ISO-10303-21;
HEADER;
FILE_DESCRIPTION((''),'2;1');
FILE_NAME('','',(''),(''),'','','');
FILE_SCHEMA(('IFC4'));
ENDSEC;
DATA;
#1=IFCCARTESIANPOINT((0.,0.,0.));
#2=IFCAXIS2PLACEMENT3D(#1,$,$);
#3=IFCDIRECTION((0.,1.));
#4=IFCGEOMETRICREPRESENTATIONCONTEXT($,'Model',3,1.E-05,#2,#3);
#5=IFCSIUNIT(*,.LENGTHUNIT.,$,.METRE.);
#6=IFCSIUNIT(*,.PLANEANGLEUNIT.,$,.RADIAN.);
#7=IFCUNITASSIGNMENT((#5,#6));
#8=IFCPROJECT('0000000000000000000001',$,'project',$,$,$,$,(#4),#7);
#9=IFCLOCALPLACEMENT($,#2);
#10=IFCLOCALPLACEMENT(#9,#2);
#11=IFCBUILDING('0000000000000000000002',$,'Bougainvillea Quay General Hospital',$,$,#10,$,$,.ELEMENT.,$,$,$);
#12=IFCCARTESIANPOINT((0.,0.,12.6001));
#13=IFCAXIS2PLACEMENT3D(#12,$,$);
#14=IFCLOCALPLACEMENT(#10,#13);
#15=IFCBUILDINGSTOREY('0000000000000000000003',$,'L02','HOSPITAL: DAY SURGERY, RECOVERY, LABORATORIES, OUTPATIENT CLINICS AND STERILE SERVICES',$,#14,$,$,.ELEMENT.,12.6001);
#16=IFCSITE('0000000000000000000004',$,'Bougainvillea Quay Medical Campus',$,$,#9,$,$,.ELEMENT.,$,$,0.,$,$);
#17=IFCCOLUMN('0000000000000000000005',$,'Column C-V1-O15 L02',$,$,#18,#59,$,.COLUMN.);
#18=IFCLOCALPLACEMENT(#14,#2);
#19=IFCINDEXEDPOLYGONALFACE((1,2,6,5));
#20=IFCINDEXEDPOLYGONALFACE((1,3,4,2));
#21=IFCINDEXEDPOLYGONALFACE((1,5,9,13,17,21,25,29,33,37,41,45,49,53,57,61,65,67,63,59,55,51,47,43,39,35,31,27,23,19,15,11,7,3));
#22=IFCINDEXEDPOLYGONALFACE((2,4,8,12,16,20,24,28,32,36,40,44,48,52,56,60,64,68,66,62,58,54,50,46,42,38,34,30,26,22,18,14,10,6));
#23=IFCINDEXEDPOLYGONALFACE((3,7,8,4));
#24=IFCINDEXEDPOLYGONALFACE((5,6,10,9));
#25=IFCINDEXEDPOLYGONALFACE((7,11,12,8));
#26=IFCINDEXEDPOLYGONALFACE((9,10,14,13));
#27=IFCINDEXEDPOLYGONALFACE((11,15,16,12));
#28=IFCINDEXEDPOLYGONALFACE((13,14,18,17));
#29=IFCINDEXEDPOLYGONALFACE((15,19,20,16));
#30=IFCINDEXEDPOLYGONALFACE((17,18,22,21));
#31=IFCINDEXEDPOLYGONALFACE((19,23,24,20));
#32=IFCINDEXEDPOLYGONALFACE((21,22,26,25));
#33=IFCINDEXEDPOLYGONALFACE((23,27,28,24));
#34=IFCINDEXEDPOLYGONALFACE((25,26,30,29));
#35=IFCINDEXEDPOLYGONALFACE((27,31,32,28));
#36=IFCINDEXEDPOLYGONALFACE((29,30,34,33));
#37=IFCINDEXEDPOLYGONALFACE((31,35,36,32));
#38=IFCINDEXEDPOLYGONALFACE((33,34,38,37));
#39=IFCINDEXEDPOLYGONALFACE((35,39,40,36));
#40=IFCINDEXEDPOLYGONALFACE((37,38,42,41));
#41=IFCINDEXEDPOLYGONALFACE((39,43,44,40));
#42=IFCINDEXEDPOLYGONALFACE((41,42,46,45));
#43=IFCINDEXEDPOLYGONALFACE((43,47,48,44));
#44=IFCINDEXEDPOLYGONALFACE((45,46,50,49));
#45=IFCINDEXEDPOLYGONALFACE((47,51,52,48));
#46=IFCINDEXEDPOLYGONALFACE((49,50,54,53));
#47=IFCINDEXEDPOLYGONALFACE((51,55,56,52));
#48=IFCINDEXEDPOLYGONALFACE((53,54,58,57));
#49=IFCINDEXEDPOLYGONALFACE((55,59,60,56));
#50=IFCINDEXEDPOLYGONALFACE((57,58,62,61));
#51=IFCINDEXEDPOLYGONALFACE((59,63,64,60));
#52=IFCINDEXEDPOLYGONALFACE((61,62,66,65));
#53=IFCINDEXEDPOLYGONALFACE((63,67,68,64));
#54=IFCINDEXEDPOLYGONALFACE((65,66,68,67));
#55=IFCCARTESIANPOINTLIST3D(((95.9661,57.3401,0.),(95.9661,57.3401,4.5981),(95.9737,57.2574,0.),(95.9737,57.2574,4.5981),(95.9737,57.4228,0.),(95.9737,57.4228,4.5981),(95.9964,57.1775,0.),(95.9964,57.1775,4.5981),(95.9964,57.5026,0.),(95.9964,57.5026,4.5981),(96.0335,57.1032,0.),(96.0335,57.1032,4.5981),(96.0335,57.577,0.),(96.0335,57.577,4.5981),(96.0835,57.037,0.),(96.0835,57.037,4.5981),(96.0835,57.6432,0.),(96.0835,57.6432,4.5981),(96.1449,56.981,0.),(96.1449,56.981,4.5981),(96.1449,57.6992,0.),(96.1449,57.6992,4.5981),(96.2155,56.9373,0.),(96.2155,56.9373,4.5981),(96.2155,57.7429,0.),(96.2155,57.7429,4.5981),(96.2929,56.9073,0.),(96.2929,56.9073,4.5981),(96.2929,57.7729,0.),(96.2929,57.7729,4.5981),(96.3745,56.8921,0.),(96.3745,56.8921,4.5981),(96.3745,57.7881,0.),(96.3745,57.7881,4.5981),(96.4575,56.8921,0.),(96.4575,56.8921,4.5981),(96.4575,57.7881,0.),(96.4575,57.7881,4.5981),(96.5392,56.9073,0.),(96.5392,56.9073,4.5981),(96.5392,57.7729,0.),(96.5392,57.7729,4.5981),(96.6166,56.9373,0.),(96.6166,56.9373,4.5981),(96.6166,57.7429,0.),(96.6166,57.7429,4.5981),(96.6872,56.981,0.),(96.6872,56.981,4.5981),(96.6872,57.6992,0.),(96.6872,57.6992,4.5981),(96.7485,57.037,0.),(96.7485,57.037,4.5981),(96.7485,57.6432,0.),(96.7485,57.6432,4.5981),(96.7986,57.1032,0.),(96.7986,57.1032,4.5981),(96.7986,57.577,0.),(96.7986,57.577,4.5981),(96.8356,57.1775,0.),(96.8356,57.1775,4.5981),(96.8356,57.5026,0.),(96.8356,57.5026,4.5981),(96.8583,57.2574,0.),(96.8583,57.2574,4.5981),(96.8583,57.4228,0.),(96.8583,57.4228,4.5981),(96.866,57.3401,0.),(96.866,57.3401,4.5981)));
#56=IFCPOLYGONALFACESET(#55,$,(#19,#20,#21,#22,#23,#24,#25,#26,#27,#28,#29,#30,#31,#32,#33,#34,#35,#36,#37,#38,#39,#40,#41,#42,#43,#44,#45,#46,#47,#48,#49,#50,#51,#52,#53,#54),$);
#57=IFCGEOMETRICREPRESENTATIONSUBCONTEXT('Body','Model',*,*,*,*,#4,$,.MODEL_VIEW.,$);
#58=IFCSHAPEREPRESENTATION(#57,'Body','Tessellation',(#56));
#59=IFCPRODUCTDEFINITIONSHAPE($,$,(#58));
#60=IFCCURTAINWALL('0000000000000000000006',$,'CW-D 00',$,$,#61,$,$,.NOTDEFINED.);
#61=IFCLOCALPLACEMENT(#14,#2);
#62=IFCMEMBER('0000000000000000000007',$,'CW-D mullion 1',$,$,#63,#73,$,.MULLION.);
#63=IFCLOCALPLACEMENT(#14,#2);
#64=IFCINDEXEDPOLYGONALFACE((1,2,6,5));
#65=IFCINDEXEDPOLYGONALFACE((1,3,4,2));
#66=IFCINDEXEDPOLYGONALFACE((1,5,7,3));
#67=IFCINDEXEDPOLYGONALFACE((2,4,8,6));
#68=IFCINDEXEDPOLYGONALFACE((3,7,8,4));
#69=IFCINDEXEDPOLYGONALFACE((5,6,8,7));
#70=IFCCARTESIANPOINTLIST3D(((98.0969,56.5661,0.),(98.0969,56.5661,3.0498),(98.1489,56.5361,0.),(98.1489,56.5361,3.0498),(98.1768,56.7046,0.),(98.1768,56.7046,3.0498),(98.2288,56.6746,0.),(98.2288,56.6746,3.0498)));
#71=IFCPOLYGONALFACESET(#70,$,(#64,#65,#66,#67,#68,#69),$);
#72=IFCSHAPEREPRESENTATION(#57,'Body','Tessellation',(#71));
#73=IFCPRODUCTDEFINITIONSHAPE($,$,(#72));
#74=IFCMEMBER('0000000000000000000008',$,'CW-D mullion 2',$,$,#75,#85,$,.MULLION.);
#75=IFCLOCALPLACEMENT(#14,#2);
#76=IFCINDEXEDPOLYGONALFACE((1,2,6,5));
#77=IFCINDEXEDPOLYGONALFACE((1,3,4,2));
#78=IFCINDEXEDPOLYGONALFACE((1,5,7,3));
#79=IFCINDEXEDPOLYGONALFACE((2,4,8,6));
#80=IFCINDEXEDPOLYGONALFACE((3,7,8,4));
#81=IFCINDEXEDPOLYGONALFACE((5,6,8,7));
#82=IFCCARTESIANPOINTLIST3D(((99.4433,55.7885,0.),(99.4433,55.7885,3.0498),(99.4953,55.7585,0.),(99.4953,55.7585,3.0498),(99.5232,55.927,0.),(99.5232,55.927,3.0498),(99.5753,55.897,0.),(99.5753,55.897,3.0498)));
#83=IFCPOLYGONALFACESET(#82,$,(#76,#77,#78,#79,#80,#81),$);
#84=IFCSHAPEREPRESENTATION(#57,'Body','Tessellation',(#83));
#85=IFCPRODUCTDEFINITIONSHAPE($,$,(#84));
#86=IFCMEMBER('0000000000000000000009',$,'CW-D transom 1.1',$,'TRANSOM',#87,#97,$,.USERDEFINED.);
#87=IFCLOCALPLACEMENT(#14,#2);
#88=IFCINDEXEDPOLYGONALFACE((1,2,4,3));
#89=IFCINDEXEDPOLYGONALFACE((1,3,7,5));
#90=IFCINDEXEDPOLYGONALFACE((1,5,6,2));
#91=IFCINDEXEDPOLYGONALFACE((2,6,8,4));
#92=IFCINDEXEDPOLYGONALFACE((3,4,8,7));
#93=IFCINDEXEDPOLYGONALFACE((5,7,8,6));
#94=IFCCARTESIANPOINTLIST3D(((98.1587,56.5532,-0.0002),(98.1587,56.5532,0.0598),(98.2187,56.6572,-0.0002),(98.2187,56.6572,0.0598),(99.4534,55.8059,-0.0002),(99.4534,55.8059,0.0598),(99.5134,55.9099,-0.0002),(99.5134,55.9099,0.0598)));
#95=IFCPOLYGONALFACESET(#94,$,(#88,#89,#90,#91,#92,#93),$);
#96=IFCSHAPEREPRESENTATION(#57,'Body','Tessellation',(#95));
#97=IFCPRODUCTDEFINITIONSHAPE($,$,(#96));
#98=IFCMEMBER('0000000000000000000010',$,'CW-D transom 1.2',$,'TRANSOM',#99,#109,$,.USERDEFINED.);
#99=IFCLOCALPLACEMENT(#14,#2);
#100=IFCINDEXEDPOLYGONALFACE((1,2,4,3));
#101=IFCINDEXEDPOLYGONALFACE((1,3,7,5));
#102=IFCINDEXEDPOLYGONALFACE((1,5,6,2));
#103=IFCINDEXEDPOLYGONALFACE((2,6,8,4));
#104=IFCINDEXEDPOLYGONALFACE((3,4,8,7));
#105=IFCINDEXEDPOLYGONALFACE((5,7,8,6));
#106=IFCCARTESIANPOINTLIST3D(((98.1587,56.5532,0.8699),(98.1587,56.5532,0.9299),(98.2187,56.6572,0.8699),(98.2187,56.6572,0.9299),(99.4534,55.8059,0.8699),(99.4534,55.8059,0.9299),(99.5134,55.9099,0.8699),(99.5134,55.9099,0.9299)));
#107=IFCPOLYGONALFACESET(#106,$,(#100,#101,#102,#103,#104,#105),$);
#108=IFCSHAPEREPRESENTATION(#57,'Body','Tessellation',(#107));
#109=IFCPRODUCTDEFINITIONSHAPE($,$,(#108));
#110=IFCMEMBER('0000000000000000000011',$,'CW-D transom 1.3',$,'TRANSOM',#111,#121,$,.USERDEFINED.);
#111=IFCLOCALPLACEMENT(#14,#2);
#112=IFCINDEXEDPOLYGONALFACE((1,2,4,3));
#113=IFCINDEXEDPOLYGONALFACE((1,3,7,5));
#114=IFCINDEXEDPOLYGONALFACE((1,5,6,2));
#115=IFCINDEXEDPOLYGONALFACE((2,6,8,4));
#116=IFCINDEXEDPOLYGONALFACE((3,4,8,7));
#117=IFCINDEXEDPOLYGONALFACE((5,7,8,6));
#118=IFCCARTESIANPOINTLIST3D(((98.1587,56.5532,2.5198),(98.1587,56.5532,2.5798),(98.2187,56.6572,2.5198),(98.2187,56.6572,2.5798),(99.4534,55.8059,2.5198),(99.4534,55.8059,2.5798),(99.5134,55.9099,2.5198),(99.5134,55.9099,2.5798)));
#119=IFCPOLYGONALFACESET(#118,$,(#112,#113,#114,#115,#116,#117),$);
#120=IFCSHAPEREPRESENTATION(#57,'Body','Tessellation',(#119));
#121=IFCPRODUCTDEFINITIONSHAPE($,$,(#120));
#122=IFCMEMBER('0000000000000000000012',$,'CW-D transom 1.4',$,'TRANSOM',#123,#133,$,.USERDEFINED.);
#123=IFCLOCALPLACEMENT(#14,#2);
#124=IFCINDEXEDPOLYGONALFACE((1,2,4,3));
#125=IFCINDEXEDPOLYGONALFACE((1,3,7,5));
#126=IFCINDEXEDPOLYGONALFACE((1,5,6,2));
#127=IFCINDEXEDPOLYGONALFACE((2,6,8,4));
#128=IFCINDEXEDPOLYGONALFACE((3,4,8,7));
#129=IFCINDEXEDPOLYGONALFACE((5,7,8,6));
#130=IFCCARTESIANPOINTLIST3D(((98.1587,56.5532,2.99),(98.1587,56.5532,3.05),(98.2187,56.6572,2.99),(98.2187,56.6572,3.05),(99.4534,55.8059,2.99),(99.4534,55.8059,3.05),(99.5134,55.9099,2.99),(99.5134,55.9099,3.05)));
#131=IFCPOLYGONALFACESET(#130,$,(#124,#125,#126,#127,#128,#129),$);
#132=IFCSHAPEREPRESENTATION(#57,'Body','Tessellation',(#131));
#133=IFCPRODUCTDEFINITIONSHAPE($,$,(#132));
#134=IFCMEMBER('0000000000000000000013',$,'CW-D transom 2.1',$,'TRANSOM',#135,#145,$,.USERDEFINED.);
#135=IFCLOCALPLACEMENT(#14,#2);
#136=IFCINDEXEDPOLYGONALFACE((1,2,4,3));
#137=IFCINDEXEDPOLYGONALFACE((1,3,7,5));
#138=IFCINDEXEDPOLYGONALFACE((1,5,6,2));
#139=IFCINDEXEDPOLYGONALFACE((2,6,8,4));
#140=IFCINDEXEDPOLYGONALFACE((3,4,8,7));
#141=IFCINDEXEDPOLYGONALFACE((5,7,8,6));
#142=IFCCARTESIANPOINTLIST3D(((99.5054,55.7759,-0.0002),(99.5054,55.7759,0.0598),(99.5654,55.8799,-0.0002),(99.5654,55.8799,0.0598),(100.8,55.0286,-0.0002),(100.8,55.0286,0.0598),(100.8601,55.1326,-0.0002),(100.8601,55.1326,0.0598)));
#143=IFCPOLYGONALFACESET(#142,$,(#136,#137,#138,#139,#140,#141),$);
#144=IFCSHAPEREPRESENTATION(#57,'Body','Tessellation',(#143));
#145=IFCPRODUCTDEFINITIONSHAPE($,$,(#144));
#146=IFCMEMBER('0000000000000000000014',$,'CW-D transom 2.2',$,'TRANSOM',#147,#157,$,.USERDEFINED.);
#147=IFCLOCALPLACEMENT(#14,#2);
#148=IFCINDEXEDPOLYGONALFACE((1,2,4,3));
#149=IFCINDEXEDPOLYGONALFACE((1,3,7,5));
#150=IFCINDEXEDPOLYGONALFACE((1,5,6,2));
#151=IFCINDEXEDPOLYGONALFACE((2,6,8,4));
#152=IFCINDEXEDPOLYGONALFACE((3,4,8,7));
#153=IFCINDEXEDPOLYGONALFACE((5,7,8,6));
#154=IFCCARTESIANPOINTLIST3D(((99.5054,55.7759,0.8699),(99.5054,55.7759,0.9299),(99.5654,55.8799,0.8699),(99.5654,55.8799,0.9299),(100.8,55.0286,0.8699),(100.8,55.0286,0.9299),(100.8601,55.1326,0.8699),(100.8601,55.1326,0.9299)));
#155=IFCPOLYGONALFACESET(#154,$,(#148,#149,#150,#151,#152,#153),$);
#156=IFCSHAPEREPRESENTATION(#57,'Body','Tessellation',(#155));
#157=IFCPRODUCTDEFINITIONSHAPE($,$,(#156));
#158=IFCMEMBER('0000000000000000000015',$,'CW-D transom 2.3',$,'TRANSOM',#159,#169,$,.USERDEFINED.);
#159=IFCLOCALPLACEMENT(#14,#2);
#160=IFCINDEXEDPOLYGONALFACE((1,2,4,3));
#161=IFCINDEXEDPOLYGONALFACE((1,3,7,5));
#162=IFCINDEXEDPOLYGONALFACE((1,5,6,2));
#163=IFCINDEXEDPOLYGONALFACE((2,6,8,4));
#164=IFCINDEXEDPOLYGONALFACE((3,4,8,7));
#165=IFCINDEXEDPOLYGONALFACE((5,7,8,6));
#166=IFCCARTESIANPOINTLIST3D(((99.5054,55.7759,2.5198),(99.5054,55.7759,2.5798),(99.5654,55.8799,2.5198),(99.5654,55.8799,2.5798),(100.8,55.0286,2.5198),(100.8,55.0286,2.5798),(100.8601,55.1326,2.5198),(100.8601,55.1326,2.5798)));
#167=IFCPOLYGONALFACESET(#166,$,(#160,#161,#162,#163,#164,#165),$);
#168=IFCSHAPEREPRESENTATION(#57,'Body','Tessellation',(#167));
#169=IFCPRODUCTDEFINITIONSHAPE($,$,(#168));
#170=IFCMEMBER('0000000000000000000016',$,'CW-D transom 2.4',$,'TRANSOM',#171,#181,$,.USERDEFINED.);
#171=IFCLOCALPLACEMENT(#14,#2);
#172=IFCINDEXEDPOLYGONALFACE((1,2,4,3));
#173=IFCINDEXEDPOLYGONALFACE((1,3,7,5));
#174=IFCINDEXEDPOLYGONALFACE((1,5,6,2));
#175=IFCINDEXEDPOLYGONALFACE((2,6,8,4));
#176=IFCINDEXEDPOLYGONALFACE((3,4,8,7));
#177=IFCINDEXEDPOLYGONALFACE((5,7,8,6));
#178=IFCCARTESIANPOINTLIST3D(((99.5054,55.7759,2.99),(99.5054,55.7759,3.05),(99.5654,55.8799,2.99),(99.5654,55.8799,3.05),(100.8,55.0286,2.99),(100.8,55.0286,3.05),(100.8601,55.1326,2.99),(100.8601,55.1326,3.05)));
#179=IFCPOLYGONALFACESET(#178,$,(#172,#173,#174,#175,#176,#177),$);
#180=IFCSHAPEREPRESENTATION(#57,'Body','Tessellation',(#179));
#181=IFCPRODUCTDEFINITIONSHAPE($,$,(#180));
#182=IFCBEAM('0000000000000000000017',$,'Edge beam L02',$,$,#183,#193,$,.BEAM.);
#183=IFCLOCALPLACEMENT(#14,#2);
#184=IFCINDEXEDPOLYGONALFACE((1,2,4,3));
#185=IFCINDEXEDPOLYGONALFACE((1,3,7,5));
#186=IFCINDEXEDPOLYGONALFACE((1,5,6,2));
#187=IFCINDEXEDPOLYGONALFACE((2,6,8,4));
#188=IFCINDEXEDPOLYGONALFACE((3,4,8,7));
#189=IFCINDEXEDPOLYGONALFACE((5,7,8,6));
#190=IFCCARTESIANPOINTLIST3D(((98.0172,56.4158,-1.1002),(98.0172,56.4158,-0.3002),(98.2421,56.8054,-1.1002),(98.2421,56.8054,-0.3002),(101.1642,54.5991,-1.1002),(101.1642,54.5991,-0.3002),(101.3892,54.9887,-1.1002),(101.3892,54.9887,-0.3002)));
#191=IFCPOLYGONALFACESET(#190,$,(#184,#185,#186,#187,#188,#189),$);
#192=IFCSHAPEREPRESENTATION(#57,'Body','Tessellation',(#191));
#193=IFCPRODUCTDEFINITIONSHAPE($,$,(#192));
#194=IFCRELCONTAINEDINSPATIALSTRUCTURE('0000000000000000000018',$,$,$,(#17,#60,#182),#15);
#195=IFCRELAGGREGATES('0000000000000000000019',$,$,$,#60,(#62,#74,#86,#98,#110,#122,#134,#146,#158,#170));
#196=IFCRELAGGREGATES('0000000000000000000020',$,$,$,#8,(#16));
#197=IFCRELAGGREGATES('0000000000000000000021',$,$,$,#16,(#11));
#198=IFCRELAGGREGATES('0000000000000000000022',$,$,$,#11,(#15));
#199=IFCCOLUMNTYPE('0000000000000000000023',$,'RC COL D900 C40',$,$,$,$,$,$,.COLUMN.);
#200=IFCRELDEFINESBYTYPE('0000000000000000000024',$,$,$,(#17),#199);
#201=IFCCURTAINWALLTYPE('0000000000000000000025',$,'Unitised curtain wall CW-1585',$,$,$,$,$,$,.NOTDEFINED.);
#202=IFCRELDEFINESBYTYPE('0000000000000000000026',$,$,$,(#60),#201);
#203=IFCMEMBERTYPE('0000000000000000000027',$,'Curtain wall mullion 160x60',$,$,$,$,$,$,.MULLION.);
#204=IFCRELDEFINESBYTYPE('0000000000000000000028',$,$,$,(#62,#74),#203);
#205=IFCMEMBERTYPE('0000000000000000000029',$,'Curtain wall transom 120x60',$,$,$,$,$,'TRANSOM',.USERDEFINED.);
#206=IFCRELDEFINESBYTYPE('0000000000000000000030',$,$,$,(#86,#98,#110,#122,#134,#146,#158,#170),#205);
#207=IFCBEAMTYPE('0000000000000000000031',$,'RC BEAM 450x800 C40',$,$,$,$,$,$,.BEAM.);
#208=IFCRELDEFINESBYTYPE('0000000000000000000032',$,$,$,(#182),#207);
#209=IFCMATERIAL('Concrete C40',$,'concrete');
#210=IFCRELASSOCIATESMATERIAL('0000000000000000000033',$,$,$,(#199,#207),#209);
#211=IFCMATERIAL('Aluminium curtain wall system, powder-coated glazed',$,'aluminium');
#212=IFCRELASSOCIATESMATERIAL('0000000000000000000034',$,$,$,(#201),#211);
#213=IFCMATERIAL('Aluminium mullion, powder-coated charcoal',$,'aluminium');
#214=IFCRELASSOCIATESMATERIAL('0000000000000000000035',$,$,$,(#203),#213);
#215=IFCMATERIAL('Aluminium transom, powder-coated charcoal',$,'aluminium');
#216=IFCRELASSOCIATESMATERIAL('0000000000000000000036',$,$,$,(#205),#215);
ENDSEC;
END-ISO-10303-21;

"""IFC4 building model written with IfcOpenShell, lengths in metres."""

from ifc_helpers import new_model, si_unit, direction, frame, origin, origin_2d, place, context, subcontext, project, spatial, rectangle, circle, extrude, material, material_profile, profile_set, type_object, element, aggregate, save


model = new_model("IFC4")

# Units and contexts
model_context = context("Model", 3, precision=1e-05, world=origin(), true_north=direction((0.0, 1.0)))
body_context = subcontext(model_context, "Body", "Model", "MODEL_VIEW")
ifc_project = project(units=[si_unit("LENGTHUNIT", "METRE"), si_unit("PLANEANGLEUNIT", "RADIAN")], contexts=[model_context])

# Site, building, storey
site_placement = place(None, origin())
site = spatial("IfcSite", under=ifc_project, at=site_placement, Name="Bougainvillea Quay Medical Campus", CompositionType="ELEMENT", RefElevation=0.0)
building_placement = place(site_placement, origin())
building = spatial("IfcBuilding", under=site, at=building_placement, Name="Bougainvillea Quay General Hospital", CompositionType="ELEMENT")
storey_placement = place(building_placement, frame((0.0, 0.0, 12.6001)))
storey = spatial("IfcBuildingStorey", under=building, at=storey_placement, Name="L02", Description="HOSPITAL: DAY SURGERY, RECOVERY, LABORATORIES, OUTPATIENT CLINICS AND STERILE SERVICES", CompositionType="ELEMENT", Elevation=12.6001)

# Column
ifc_material_1 = material(Name="Concrete C40", Category="concrete")
ifc_material_profile_1 = material_profile(ifc_material_1, circle(Radius=0.45, at=origin_2d()))
ifc_profile_set_1 = profile_set([ifc_material_profile_1], Name="Concrete C40")
column_type = type_object("IfcColumnType", Name="RC COL D900 C40", PredefinedType="COLUMN", material=ifc_profile_set_1)
column_placement = place(storey_placement, frame((96.416, 57.3401, 0.0), z_axis=(0.0, 0.0, 1.0), x_axis=(1.0, 0.0, 0.0)))
element("IfcColumn", 1, at=column_placement, inside=storey, type_object=column_type, Name="Column C-V1-O15 L02", PredefinedType="COLUMN", context=body_context, shape_type="SweptSolid", body=[
    extrude(circle(Radius=0.45, at=origin_2d()), origin(), (0.0, 0.0, 1.0), 4.5981),
])

# Curtain wall, members
ifc_material_2 = material(Name="Aluminium curtain wall system, powder-coated glazed", Category="aluminium")
curtain_wall_type = type_object("IfcCurtainWallType", Name="Unitised curtain wall CW-1585", PredefinedType="NOTDEFINED", material=ifc_material_2)
curtain_wall_placement = place(storey_placement, origin())
curtain_wall = element("IfcCurtainWall", 2, at=curtain_wall_placement, inside=storey, type_object=curtain_wall_type, Name="CW-D 00", PredefinedType="NOTDEFINED")
ifc_material_3 = material(Name="Aluminium mullion, powder-coated charcoal", Category="aluminium")
ifc_material_profile_2 = material_profile(ifc_material_3, rectangle(XDim=0.1599, YDim=0.0601, at=origin_2d()))
ifc_profile_set_2 = profile_set([ifc_material_profile_2], Name="Aluminium mullion, powder-coated charcoal")
member_type_1 = type_object("IfcMemberType", Name="Curtain wall mullion 160x60", PredefinedType="MULLION", material=ifc_profile_set_2)
member_1_placement = place(storey_placement, frame((98.1628, 56.6204, 0.0), z_axis=(0.0, 0.0, 1.0), x_axis=(0.499965, 0.866046, 0.0)))
member_1 = element("IfcMember", 3, at=member_1_placement, type_object=member_type_1, Name="CW-D mullion 1", PredefinedType="MULLION", context=body_context, shape_type="SweptSolid", body=[
    extrude(rectangle(XDim=0.1599, YDim=0.0601, at=origin_2d()), origin(), (0.0, 0.0, 1.0), 3.0498),
])
member_2_placement = place(storey_placement, frame((99.5093, 55.8428, 0.0), z_axis=(0.0, 0.0, 1.0), x_axis=(0.499965, 0.866046, 0.0)))
member_2 = element("IfcMember", 4, at=member_2_placement, type_object=member_type_1, Name="CW-D mullion 2", PredefinedType="MULLION", context=body_context, shape_type="SweptSolid", body=[
    extrude(rectangle(XDim=0.1599, YDim=0.0601, at=origin_2d()), origin(), (0.0, 0.0, 1.0), 3.0498),
])
ifc_material_4 = material(Name="Aluminium transom, powder-coated charcoal", Category="aluminium")
ifc_material_profile_3 = material_profile(ifc_material_4, rectangle(XDim=0.1201, YDim=0.0601, at=origin_2d()))
ifc_profile_set_3 = profile_set([ifc_material_profile_3], Name="Aluminium transom, powder-coated charcoal")
member_type_2 = type_object("IfcMemberType", Name="Curtain wall transom 120x60", ElementType="TRANSOM", PredefinedType="USERDEFINED", material=ifc_profile_set_3)
member_3_placement = place(storey_placement, frame((98.1887, 56.6052, 0.0298), z_axis=(0.866074, -0.499916, 0.0), x_axis=(0.499916, 0.866074, 0.0)))
member_3 = element("IfcMember", 5, at=member_3_placement, type_object=member_type_2, Name="CW-D transom 1.1", ObjectType="TRANSOM", PredefinedType="USERDEFINED", context=body_context, shape_type="SweptSolid", body=[
    extrude(rectangle(XDim=0.1201, YDim=0.0601, at=origin_2d()), origin(), (0.0, 0.0, 1.0), 1.4949),
])
member_4_placement = place(storey_placement, frame((98.1887, 56.6052, 0.8999), z_axis=(0.866074, -0.499916, 0.0), x_axis=(0.499916, 0.866074, 0.0)))
member_4 = element("IfcMember", 6, at=member_4_placement, type_object=member_type_2, Name="CW-D transom 1.2", ObjectType="TRANSOM", PredefinedType="USERDEFINED", context=body_context, shape_type="SweptSolid", body=[
    extrude(rectangle(XDim=0.1201, YDim=0.0601, at=origin_2d()), origin(), (0.0, 0.0, 1.0), 1.4949),
])
member_5_placement = place(storey_placement, frame((98.1887, 56.6052, 2.5498), z_axis=(0.866074, -0.499916, 0.0), x_axis=(0.499916, 0.866074, 0.0)))
member_5 = element("IfcMember", 7, at=member_5_placement, type_object=member_type_2, Name="CW-D transom 1.3", ObjectType="TRANSOM", PredefinedType="USERDEFINED", context=body_context, shape_type="SweptSolid", body=[
    extrude(rectangle(XDim=0.1201, YDim=0.0601, at=origin_2d()), origin(), (0.0, 0.0, 1.0), 1.4949),
])
member_6_placement = place(storey_placement, frame((98.1887, 56.6052, 3.02), z_axis=(0.866074, -0.499916, 0.0), x_axis=(0.499916, 0.866074, 0.0)))
member_6 = element("IfcMember", 8, at=member_6_placement, type_object=member_type_2, Name="CW-D transom 1.4", ObjectType="TRANSOM", PredefinedType="USERDEFINED", context=body_context, shape_type="SweptSolid", body=[
    extrude(rectangle(XDim=0.1201, YDim=0.0601, at=origin_2d()), origin(), (0.0, 0.0, 1.0), 1.4949),
])
member_7_placement = place(storey_placement, frame((99.5354, 55.8279, 0.0298), z_axis=(0.866074, -0.499916, 0.0), x_axis=(0.499916, 0.866074, 0.0)))
member_7 = element("IfcMember", 9, at=member_7_placement, type_object=member_type_2, Name="CW-D transom 2.1", ObjectType="TRANSOM", PredefinedType="USERDEFINED", context=body_context, shape_type="SweptSolid", body=[
    extrude(rectangle(XDim=0.1201, YDim=0.0601, at=origin_2d()), origin(), (0.0, 0.0, 1.0), 1.4949),
])
member_8_placement = place(storey_placement, frame((99.5354, 55.8279, 0.8999), z_axis=(0.866074, -0.499916, 0.0), x_axis=(0.499916, 0.866074, 0.0)))
member_8 = element("IfcMember", 10, at=member_8_placement, type_object=member_type_2, Name="CW-D transom 2.2", ObjectType="TRANSOM", PredefinedType="USERDEFINED", context=body_context, shape_type="SweptSolid", body=[
    extrude(rectangle(XDim=0.1201, YDim=0.0601, at=origin_2d()), origin(), (0.0, 0.0, 1.0), 1.4949),
])
member_9_placement = place(storey_placement, frame((99.5354, 55.8279, 2.5498), z_axis=(0.866074, -0.499916, 0.0), x_axis=(0.499916, 0.866074, 0.0)))
member_9 = element("IfcMember", 11, at=member_9_placement, type_object=member_type_2, Name="CW-D transom 2.3", ObjectType="TRANSOM", PredefinedType="USERDEFINED", context=body_context, shape_type="SweptSolid", body=[
    extrude(rectangle(XDim=0.1201, YDim=0.0601, at=origin_2d()), origin(), (0.0, 0.0, 1.0), 1.4949),
])
member_10_placement = place(storey_placement, frame((99.5354, 55.8279, 3.02), z_axis=(0.866074, -0.499916, 0.0), x_axis=(0.499916, 0.866074, 0.0)))
member_10 = element("IfcMember", 12, at=member_10_placement, type_object=member_type_2, Name="CW-D transom 2.4", ObjectType="TRANSOM", PredefinedType="USERDEFINED", context=body_context, shape_type="SweptSolid", body=[
    extrude(rectangle(XDim=0.1201, YDim=0.0601, at=origin_2d()), origin(), (0.0, 0.0, 1.0), 1.4949),
])

# Beam
ifc_material_profile_4 = material_profile(ifc_material_1, rectangle(XDim=0.45, YDim=0.8, at=origin_2d()))
ifc_profile_set_4 = profile_set([ifc_material_profile_4], Name="Concrete C40")
beam_type = type_object("IfcBeamType", Name="RC BEAM 450x800 C40", PredefinedType="BEAM", material=ifc_profile_set_4)
beam_placement = place(storey_placement, frame((98.1296, 56.6106, -0.7002), z_axis=(0.866056, -0.499947, 0.0), x_axis=(0.499947, 0.866056, 0.0)))
element("IfcBeam", 13, at=beam_placement, inside=storey, type_object=beam_type, Name="Edge beam L02", PredefinedType="BEAM", context=body_context, shape_type="SweptSolid", body=[
    extrude(rectangle(XDim=0.45, YDim=0.8, at=origin_2d()), origin(), (0.0, 0.0, 1.0), 3.6338),
])

aggregate(curtain_wall, [member_1, member_2, member_3, member_4, member_5, member_6, member_7, member_8, member_9, member_10])

save(model, "model.ifc")
